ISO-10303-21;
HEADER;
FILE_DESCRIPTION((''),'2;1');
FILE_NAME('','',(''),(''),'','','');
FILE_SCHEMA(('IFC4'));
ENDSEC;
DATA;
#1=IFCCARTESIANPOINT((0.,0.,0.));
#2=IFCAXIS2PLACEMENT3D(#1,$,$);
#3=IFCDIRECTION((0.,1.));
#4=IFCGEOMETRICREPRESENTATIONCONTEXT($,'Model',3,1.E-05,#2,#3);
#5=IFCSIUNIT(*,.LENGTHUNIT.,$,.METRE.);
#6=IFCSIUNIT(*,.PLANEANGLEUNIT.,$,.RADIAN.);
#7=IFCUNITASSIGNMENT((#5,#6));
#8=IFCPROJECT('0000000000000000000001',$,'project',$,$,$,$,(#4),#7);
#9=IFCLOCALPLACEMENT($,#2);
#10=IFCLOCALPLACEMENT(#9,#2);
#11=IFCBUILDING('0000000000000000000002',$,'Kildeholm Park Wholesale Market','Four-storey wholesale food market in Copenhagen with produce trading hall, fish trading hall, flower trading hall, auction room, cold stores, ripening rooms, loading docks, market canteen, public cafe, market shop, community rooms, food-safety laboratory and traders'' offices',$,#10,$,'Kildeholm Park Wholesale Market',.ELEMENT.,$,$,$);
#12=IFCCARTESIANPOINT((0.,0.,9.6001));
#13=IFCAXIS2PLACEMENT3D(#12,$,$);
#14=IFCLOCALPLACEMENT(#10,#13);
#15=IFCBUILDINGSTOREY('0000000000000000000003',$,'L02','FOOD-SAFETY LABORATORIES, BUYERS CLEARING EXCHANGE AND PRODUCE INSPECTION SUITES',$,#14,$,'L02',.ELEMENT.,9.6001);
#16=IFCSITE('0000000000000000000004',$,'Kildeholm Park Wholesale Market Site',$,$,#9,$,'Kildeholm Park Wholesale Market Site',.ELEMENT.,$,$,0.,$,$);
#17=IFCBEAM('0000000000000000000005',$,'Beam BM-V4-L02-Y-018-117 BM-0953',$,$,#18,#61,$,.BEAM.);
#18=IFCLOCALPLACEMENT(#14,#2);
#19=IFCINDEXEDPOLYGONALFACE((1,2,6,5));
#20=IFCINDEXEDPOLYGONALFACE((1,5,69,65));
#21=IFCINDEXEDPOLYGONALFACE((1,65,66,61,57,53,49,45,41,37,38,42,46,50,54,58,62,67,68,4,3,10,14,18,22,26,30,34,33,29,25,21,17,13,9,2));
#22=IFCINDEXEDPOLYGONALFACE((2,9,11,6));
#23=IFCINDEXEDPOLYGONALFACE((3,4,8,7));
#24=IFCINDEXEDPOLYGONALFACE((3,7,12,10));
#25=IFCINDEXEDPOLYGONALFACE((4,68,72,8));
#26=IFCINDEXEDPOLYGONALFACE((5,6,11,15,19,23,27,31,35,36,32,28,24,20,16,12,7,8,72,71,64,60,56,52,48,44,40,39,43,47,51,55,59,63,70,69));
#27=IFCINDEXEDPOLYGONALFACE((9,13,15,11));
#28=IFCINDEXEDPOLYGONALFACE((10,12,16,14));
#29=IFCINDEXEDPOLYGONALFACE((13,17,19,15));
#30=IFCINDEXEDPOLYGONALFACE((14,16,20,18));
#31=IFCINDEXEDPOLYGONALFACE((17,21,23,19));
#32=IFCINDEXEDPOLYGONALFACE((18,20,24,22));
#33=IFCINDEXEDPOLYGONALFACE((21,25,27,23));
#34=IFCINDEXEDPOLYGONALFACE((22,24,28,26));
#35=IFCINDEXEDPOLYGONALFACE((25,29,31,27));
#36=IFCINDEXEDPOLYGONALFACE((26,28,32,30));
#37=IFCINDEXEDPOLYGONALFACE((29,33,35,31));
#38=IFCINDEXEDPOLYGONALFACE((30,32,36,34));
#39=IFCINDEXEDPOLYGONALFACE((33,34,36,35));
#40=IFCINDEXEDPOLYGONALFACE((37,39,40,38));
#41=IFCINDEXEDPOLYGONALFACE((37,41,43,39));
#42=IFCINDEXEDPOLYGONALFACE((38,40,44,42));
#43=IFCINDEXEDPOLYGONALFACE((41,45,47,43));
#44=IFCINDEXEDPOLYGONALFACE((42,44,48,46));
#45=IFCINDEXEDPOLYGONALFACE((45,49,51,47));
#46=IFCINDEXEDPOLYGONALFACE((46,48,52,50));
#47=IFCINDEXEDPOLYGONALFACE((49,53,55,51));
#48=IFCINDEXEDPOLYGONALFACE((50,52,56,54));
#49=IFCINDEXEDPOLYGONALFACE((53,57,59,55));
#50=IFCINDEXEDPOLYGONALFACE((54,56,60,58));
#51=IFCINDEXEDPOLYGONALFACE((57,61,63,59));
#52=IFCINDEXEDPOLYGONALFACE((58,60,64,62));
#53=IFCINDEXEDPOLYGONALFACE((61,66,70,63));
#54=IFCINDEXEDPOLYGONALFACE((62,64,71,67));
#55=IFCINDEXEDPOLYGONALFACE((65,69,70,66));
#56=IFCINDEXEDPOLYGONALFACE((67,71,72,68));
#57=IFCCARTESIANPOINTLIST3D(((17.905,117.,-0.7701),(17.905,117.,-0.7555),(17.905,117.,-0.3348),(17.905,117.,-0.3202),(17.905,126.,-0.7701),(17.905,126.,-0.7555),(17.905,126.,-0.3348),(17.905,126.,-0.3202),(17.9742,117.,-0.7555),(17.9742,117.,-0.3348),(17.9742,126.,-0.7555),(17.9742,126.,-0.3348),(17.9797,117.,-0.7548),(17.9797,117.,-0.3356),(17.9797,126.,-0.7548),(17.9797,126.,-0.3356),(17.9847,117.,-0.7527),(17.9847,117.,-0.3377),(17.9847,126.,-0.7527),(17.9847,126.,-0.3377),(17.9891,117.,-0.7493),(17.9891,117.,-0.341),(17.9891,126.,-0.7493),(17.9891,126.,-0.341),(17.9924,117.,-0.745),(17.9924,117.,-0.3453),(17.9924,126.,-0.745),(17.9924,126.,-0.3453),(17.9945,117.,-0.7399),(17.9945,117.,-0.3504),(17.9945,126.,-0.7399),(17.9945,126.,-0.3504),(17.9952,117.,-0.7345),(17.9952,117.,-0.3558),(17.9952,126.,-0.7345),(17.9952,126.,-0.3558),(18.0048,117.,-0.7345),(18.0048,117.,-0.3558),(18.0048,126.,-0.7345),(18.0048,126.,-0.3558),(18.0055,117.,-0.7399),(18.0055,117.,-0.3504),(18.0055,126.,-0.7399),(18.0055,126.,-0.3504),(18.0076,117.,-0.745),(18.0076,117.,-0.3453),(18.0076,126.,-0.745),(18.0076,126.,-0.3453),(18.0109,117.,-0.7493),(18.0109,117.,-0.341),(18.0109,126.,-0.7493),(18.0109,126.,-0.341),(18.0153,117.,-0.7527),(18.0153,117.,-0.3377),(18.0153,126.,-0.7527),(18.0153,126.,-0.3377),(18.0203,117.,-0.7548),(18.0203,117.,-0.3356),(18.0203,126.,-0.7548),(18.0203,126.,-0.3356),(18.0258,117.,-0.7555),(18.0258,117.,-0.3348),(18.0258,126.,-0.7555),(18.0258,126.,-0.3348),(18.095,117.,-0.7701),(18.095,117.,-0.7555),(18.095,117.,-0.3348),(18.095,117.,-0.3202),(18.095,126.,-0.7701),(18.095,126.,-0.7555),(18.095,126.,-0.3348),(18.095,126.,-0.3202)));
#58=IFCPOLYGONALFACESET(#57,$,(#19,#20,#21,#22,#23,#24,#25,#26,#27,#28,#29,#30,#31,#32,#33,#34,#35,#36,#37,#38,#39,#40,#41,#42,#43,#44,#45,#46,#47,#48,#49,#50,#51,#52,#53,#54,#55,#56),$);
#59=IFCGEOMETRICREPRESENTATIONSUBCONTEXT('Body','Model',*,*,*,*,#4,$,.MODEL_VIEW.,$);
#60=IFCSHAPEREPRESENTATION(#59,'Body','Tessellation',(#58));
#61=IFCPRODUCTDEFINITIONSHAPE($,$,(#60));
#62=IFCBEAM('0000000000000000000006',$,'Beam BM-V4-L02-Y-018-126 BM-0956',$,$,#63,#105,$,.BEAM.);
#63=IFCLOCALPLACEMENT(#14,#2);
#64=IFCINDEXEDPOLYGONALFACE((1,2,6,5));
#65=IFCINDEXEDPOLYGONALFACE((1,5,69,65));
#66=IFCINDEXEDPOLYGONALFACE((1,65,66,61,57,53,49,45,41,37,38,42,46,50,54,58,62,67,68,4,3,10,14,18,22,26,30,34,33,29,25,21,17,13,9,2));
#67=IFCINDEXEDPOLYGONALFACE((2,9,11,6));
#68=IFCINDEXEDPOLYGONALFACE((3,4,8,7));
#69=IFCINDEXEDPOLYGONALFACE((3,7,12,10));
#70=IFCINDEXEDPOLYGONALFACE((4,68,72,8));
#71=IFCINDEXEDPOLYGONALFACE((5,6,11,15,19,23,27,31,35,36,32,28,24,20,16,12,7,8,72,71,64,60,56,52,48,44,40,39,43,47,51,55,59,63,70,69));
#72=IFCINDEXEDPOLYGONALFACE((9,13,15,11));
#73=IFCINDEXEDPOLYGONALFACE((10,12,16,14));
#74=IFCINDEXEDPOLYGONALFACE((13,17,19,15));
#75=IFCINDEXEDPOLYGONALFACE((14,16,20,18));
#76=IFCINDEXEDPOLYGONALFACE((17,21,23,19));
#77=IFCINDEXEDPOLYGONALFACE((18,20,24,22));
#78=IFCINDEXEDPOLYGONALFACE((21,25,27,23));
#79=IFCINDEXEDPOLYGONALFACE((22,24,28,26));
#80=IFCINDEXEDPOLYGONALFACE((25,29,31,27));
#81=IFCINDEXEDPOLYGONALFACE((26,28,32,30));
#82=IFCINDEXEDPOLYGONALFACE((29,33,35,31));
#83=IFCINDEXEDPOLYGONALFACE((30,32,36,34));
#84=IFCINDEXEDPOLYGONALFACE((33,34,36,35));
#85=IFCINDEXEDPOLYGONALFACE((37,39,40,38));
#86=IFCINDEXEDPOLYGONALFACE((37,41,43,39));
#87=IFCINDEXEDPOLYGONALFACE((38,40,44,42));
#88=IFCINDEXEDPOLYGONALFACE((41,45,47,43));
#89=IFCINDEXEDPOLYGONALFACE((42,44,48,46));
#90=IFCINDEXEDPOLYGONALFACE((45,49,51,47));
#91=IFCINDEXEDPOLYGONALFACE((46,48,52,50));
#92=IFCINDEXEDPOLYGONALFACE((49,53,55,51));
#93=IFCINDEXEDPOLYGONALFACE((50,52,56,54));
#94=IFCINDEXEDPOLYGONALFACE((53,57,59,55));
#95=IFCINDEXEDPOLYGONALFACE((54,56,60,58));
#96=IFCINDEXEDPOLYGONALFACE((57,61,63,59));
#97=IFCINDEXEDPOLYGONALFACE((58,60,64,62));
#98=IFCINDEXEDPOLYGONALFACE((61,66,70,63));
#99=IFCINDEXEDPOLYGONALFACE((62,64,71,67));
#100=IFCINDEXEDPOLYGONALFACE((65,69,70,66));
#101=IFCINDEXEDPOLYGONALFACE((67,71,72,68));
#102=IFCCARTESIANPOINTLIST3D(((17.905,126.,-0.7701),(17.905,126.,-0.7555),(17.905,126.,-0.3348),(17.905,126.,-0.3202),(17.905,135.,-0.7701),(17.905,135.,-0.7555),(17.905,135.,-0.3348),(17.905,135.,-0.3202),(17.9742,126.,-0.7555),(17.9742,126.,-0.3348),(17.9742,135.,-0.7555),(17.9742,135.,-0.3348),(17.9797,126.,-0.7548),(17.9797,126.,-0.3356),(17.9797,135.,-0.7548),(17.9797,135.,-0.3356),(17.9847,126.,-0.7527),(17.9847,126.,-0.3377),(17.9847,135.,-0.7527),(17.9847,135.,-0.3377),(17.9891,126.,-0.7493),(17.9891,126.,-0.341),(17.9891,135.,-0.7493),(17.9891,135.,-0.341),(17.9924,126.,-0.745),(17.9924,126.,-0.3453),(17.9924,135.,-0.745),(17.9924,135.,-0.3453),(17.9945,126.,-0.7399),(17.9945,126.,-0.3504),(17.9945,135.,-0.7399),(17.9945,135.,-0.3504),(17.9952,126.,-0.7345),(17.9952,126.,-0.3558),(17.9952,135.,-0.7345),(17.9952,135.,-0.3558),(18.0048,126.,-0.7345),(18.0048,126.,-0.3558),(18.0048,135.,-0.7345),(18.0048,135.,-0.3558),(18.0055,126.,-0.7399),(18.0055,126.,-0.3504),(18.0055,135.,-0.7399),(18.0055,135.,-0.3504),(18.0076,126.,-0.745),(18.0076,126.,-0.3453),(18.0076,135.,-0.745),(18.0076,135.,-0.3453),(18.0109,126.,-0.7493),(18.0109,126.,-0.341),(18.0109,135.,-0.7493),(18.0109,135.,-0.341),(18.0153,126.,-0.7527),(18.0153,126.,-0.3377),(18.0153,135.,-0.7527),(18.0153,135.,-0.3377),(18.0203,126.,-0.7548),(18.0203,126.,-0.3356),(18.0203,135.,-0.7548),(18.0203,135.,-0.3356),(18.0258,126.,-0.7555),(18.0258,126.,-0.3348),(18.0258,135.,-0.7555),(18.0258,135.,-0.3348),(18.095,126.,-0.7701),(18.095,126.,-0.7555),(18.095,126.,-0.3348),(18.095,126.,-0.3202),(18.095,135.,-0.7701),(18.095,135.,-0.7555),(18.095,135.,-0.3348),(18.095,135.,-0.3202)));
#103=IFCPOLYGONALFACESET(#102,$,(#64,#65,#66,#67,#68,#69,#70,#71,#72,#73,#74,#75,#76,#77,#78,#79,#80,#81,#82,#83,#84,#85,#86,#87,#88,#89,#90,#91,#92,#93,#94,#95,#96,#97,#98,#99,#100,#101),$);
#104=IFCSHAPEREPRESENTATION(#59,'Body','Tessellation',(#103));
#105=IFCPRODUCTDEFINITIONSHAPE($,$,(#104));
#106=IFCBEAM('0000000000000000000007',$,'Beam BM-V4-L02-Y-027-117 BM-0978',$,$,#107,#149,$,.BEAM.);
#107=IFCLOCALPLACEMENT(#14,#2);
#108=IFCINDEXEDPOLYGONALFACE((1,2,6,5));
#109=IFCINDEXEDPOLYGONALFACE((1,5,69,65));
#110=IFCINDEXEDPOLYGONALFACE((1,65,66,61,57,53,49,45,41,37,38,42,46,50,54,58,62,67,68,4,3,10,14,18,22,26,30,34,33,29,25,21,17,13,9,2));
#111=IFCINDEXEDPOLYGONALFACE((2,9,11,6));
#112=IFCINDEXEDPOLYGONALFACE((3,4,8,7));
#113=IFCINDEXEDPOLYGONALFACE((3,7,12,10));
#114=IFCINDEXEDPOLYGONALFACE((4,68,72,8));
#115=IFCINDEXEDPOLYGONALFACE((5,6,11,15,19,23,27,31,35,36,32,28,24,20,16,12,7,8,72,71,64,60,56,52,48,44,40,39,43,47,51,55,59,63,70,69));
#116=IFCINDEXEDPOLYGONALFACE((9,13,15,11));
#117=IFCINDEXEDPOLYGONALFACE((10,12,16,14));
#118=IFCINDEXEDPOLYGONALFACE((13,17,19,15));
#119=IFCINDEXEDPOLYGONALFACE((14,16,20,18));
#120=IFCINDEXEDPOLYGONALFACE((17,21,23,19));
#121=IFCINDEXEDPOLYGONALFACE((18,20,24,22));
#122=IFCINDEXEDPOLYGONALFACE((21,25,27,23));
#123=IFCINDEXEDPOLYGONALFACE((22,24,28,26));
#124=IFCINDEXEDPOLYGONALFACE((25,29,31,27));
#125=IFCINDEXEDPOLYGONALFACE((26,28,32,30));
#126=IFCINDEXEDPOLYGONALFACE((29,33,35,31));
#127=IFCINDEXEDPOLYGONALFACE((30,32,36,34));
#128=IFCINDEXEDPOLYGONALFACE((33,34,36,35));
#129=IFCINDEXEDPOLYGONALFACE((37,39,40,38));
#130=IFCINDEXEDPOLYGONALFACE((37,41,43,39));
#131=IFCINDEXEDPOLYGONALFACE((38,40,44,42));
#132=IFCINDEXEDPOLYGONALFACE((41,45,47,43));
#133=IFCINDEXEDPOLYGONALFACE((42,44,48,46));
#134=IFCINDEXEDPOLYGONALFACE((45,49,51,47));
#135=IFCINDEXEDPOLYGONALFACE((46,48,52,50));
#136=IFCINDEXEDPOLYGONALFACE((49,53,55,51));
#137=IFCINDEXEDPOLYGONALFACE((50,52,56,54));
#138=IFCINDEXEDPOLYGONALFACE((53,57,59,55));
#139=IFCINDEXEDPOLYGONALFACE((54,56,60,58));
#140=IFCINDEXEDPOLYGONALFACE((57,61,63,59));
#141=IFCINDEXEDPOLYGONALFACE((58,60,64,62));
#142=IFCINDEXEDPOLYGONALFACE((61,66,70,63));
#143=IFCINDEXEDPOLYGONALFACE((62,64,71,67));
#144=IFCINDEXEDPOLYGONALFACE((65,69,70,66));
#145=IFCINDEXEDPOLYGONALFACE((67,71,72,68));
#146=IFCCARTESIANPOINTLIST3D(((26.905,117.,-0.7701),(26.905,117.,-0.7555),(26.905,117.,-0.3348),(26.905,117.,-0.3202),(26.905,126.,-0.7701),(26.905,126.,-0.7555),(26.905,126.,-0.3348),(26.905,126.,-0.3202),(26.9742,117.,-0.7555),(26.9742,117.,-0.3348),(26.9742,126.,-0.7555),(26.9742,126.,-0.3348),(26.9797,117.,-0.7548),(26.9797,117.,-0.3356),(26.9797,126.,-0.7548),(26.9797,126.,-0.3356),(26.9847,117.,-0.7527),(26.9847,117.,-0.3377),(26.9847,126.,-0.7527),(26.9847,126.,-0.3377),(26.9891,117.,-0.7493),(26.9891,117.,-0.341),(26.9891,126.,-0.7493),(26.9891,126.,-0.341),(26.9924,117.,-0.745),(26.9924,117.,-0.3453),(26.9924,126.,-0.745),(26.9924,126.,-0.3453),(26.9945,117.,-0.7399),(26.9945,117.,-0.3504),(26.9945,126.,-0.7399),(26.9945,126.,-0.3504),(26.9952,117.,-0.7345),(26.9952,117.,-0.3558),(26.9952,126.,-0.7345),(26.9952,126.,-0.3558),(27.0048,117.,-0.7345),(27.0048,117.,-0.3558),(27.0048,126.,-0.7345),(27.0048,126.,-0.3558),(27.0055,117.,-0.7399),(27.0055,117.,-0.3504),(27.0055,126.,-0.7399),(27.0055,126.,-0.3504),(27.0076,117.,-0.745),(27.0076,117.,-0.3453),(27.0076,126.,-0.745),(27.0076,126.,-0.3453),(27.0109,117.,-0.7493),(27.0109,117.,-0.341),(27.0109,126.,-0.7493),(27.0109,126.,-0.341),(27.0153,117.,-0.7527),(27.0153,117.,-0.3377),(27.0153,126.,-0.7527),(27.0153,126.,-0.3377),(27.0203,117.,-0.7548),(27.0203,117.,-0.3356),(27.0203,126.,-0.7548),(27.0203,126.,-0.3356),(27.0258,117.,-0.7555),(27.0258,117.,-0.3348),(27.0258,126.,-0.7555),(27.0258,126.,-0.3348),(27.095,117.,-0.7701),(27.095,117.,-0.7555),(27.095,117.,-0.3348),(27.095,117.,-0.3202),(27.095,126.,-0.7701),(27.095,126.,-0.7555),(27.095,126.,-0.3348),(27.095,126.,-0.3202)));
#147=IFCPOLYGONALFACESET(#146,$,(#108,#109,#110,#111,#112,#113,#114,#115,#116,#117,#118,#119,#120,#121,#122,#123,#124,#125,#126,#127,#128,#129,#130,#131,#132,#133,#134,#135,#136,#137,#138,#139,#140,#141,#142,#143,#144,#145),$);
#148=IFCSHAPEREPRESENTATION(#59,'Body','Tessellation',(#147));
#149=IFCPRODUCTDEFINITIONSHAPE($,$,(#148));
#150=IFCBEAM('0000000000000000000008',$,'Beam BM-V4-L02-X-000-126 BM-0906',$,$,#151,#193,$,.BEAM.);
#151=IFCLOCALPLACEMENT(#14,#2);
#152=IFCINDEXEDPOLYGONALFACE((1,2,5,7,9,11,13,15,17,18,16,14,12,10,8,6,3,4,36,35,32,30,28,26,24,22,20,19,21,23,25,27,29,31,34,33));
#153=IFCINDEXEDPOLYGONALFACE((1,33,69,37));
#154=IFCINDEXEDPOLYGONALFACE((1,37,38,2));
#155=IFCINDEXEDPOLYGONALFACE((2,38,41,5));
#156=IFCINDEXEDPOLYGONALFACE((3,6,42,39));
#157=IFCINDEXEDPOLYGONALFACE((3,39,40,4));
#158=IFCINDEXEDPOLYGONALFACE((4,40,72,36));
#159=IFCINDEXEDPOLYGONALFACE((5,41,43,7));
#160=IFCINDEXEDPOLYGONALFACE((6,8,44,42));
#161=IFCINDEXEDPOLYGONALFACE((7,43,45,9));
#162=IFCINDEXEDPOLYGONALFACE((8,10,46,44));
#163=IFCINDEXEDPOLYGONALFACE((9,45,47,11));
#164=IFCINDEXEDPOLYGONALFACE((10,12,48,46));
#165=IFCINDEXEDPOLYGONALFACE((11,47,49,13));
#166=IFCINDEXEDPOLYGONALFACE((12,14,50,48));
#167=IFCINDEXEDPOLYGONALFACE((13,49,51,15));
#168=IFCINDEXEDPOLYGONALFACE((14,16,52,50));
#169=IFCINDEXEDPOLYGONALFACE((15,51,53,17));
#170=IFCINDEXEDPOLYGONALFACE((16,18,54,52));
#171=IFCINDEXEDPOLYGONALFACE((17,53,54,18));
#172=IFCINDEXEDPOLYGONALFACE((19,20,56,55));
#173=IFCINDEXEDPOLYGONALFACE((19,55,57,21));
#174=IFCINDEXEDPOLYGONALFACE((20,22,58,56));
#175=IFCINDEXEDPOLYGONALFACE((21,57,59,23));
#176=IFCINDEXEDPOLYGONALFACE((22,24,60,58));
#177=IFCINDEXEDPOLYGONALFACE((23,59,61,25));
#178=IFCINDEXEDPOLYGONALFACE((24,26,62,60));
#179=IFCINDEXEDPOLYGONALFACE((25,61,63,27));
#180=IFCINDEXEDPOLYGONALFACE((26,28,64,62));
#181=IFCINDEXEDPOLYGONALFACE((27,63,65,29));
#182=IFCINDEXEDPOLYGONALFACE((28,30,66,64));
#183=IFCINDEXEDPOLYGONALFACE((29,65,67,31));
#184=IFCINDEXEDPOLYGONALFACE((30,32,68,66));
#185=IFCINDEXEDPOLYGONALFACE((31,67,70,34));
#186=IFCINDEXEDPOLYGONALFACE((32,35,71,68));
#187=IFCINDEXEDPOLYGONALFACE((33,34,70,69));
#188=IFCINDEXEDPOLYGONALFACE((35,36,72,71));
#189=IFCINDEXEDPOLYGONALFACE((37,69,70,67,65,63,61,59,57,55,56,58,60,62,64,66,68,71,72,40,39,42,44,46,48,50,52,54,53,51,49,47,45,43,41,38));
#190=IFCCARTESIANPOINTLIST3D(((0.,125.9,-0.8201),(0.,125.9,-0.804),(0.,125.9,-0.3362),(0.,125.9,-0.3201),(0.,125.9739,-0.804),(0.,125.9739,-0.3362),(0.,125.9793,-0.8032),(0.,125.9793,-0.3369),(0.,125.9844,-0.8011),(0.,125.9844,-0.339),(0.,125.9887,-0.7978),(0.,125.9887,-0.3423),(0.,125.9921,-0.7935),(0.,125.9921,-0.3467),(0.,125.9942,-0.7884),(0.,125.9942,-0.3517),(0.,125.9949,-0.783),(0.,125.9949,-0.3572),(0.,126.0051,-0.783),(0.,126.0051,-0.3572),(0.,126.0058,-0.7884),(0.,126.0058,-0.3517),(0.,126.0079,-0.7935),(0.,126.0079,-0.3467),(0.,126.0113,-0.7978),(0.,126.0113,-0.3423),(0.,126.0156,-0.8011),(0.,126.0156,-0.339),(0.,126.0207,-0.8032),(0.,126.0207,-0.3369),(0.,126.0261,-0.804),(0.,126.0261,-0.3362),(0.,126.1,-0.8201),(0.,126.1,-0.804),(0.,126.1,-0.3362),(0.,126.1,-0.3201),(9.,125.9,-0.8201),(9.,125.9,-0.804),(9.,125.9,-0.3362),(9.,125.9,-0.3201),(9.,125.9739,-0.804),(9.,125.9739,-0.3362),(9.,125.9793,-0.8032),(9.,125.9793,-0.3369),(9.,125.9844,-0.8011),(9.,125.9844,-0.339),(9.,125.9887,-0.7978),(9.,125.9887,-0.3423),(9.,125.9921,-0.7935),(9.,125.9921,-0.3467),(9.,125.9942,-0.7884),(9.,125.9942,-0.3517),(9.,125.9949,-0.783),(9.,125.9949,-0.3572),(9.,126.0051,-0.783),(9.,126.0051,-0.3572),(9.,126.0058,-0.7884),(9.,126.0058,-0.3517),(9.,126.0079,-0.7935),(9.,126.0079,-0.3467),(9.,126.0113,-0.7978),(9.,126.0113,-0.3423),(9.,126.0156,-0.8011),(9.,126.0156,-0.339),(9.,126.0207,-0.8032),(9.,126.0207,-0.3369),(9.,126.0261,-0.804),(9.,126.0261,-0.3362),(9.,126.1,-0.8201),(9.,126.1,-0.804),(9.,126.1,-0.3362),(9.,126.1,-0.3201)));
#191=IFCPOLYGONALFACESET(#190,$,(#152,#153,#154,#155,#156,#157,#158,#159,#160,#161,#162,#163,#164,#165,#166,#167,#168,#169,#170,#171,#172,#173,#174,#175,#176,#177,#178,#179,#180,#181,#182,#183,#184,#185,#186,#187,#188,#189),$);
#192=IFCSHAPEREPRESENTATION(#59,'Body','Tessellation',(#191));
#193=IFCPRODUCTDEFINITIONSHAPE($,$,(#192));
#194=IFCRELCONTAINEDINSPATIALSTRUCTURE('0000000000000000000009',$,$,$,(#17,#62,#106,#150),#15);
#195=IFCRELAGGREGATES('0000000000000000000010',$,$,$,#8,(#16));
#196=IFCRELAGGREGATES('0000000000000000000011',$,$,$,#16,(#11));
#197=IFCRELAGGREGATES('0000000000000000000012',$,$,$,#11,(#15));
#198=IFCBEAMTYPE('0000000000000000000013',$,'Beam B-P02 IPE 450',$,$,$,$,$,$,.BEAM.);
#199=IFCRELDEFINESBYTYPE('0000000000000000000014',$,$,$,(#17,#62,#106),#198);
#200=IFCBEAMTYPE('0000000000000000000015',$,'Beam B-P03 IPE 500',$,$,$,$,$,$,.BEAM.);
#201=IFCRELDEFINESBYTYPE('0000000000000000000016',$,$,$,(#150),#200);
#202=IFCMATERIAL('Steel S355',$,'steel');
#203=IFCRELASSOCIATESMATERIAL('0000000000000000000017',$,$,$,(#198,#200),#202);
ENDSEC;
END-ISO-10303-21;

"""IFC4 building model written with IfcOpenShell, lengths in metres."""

from ifc_helpers import new_model, si_unit, direction, frame, origin, origin_2d, place, context, subcontext, project, spatial, i_section, extrude, material, material_profile, profile_set, type_object, element, save


model = new_model("IFC4")

# Units and contexts
model_context = context("Model", 3, precision=1e-05, world=origin(), true_north=direction((0.0, 1.0)))
body_context = subcontext(model_context, "Body", "Model", "MODEL_VIEW")
ifc_project = project(units=[si_unit("LENGTHUNIT", "METRE"), si_unit("PLANEANGLEUNIT", "RADIAN")], contexts=[model_context])

# Site, building, storey
site_placement = place(None, origin())
site = spatial("IfcSite", under=ifc_project, at=site_placement, Name="Kildeholm Park Wholesale Market Site", LongName="Kildeholm Park Wholesale Market Site", CompositionType="ELEMENT", RefElevation=0.0)
building_placement = place(site_placement, origin())
building = spatial("IfcBuilding", under=site, at=building_placement, Name="Kildeholm Park Wholesale Market", Description="Four-storey wholesale food market in Copenhagen with produce trading hall, fish trading hall, flower trading hall, auction room, cold stores, ripening rooms, loading docks, market canteen, public cafe, market shop, community rooms, food-safety laboratory and traders' offices", LongName="Kildeholm Park Wholesale Market", CompositionType="ELEMENT")
storey_placement = place(building_placement, frame((0.0, 0.0, 9.6001)))
storey = spatial("IfcBuildingStorey", under=building, at=storey_placement, Name="L02", Description="FOOD-SAFETY LABORATORIES, BUYERS CLEARING EXCHANGE AND PRODUCE INSPECTION SUITES", LongName="L02", CompositionType="ELEMENT", Elevation=9.6001)

# Beams
ifc_material_1 = material(Name="Steel S355", Category="steel")
ifc_material_profile_1 = material_profile(ifc_material_1, i_section(OverallWidth=0.1899, OverallDepth=0.45, WebThickness=0.0095, FlangeThickness=0.0146, FilletRadius=0.021, at=origin_2d()), Name="IPE 450")
ifc_profile_set_1 = profile_set([ifc_material_profile_1], Name="Steel S355")
beam_type_1 = type_object("IfcBeamType", Name="Beam B-P02 IPE 450", PredefinedType="BEAM", material=ifc_profile_set_1)
for number, where, z_axis, x_axis, name in (
    (1, (18.0, 117.0, -0.5452), (0.0, 1.0, 0.0), (-1.0, 0.0, 0.0), "Beam BM-V4-L02-Y-018-117 BM-0953"),
    (2, (18.0, 126.0, -0.5452), (0.0, 1.0, 0.0), (-1.0, 0.0, 0.0), "Beam BM-V4-L02-Y-018-126 BM-0956"),
    (3, (27.0, 117.0, -0.5452), (0.0, 1.0, 0.0), (-1.0, 0.0, 0.0), "Beam BM-V4-L02-Y-027-117 BM-0978"),
):
    element("IfcBeam", number, at=place(storey_placement, frame(where, z_axis=z_axis, x_axis=x_axis)), inside=storey, type_object=beam_type_1, Name=name, PredefinedType="BEAM", context=body_context, shape_type="SweptSolid", body=[
        extrude(i_section(OverallWidth=0.1899, OverallDepth=0.45, WebThickness=0.0095, FlangeThickness=0.0146, FilletRadius=0.021, at=origin_2d()), origin(), (0.0, 0.0, 1.0), 9.0),
    ])
ifc_material_profile_2 = material_profile(ifc_material_1, i_section(OverallWidth=0.2, OverallDepth=0.5, WebThickness=0.0103, FlangeThickness=0.0161, FilletRadius=0.021, at=origin_2d()), Name="IPE 500")
ifc_profile_set_2 = profile_set([ifc_material_profile_2], Name="Steel S355")
beam_type_2 = type_object("IfcBeamType", Name="Beam B-P03 IPE 500", PredefinedType="BEAM", material=ifc_profile_set_2)
for number, where, z_axis, x_axis, name in (
    (4, (0.0, 126.0, -0.5701), (1.0, 0.0, 0.0), (0.0, 1.0, 0.0), "Beam BM-V4-L02-X-000-126 BM-0906"),
):
    element("IfcBeam", number, at=place(storey_placement, frame(where, z_axis=z_axis, x_axis=x_axis)), inside=storey, type_object=beam_type_2, Name=name, PredefinedType="BEAM", context=body_context, shape_type="SweptSolid", body=[
        extrude(i_section(OverallWidth=0.2, OverallDepth=0.5, WebThickness=0.0103, FlangeThickness=0.0161, FilletRadius=0.021, at=origin_2d()), origin(), (0.0, 0.0, 1.0), 9.0),
    ])

save(model, "model.ifc")
